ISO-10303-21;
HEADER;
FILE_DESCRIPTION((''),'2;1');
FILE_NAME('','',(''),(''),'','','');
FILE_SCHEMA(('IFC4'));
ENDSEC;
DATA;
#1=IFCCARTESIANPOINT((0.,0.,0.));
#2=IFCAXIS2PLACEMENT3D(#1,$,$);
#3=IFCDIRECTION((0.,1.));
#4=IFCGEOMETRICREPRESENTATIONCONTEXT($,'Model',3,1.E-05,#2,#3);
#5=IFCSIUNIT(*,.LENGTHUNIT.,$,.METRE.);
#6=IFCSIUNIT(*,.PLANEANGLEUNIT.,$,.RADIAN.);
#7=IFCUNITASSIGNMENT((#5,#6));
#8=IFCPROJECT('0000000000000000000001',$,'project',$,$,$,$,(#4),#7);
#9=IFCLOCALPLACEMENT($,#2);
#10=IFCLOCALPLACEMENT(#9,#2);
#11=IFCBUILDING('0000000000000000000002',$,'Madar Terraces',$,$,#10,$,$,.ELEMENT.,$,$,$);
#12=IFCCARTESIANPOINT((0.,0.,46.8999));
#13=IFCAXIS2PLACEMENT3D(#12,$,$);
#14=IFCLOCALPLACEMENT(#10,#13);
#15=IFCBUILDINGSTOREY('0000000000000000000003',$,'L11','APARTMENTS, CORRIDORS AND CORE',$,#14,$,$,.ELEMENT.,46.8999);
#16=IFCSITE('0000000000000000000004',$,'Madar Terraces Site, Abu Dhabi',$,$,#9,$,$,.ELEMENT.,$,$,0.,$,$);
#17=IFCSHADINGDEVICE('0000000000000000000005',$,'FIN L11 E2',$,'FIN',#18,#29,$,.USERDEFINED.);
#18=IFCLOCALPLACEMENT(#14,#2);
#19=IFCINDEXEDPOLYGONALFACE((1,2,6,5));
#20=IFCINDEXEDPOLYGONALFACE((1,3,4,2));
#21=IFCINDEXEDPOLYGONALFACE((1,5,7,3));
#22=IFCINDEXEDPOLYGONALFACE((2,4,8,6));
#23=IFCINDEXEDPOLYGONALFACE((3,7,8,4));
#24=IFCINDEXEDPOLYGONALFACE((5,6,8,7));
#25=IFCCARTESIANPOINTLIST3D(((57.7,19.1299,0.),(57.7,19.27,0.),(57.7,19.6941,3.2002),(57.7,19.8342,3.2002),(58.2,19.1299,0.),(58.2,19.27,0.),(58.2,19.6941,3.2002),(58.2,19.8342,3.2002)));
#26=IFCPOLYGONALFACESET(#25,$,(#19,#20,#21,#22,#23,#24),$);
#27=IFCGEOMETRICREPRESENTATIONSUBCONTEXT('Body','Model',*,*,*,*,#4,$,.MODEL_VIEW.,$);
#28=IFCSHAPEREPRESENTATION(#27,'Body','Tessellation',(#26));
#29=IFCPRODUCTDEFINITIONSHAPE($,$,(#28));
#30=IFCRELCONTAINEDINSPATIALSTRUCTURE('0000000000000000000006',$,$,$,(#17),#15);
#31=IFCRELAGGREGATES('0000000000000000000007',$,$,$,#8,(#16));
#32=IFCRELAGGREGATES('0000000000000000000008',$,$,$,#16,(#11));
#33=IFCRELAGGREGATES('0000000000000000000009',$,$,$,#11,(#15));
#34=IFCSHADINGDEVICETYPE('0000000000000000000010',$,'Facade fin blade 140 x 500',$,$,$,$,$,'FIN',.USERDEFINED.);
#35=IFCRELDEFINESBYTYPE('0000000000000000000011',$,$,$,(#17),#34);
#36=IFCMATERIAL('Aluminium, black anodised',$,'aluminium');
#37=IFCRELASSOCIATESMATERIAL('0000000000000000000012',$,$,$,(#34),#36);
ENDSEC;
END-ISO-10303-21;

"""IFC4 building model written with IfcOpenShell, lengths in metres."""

from ifc_helpers import new_model, si_unit, direction, frame, origin, place, context, subcontext, project, spatial, polyline, outline, extrude, material, type_object, element, save


model = new_model("IFC4")

# Units and contexts
model_context = context("Model", 3, precision=1e-05, world=origin(), true_north=direction((0.0, 1.0)))
body_context = subcontext(model_context, "Body", "Model", "MODEL_VIEW")
ifc_project = project(units=[si_unit("LENGTHUNIT", "METRE"), si_unit("PLANEANGLEUNIT", "RADIAN")], contexts=[model_context])

# Site, building, storey
site_placement = place(None, origin())
site = spatial("IfcSite", under=ifc_project, at=site_placement, Name="Madar Terraces Site, Abu Dhabi", CompositionType="ELEMENT", RefElevation=0.0)
building_placement = place(site_placement, origin())
building = spatial("IfcBuilding", under=site, at=building_placement, Name="Madar Terraces", CompositionType="ELEMENT")
storey_placement = place(building_placement, frame((0.0, 0.0, 46.8999)))
storey = spatial("IfcBuildingStorey", under=building, at=storey_placement, Name="L11", Description="APARTMENTS, CORRIDORS AND CORE", CompositionType="ELEMENT", Elevation=46.8999)

# Shading device
ifc_material_1 = material(Name="Aluminium, black anodised", Category="aluminium")
shading_device_type = type_object("IfcShadingDeviceType", Name="Facade fin blade 140 x 500", ElementType="FIN", PredefinedType="USERDEFINED", material=ifc_material_1)
shading_device_placement = place(storey_placement, frame((57.95, 19.1299, 0.0), z_axis=(0.0, 0.0, 1.0), x_axis=(0.0, 1.0, 0.0)))
element("IfcShadingDevice", 1, at=shading_device_placement, inside=storey, type_object=shading_device_type, Name="FIN L11 E2", ObjectType="FIN", PredefinedType="USERDEFINED", context=body_context, shape_type="SweptSolid", body=[
    extrude(outline(polyline([(0.0, 0.0), (0.1401, 0.0), (0.7043, 3.2002), (0.5642, 3.2002), (0.0, 0.0)])), frame((0.0, 0.25, 0.0), z_axis=(0.0, -1.0, 0.0), x_axis=(1.0, 0.0, 0.0)), (0.0, 0.0, 1.0), 0.5),
])

save(model, "model.ifc")
